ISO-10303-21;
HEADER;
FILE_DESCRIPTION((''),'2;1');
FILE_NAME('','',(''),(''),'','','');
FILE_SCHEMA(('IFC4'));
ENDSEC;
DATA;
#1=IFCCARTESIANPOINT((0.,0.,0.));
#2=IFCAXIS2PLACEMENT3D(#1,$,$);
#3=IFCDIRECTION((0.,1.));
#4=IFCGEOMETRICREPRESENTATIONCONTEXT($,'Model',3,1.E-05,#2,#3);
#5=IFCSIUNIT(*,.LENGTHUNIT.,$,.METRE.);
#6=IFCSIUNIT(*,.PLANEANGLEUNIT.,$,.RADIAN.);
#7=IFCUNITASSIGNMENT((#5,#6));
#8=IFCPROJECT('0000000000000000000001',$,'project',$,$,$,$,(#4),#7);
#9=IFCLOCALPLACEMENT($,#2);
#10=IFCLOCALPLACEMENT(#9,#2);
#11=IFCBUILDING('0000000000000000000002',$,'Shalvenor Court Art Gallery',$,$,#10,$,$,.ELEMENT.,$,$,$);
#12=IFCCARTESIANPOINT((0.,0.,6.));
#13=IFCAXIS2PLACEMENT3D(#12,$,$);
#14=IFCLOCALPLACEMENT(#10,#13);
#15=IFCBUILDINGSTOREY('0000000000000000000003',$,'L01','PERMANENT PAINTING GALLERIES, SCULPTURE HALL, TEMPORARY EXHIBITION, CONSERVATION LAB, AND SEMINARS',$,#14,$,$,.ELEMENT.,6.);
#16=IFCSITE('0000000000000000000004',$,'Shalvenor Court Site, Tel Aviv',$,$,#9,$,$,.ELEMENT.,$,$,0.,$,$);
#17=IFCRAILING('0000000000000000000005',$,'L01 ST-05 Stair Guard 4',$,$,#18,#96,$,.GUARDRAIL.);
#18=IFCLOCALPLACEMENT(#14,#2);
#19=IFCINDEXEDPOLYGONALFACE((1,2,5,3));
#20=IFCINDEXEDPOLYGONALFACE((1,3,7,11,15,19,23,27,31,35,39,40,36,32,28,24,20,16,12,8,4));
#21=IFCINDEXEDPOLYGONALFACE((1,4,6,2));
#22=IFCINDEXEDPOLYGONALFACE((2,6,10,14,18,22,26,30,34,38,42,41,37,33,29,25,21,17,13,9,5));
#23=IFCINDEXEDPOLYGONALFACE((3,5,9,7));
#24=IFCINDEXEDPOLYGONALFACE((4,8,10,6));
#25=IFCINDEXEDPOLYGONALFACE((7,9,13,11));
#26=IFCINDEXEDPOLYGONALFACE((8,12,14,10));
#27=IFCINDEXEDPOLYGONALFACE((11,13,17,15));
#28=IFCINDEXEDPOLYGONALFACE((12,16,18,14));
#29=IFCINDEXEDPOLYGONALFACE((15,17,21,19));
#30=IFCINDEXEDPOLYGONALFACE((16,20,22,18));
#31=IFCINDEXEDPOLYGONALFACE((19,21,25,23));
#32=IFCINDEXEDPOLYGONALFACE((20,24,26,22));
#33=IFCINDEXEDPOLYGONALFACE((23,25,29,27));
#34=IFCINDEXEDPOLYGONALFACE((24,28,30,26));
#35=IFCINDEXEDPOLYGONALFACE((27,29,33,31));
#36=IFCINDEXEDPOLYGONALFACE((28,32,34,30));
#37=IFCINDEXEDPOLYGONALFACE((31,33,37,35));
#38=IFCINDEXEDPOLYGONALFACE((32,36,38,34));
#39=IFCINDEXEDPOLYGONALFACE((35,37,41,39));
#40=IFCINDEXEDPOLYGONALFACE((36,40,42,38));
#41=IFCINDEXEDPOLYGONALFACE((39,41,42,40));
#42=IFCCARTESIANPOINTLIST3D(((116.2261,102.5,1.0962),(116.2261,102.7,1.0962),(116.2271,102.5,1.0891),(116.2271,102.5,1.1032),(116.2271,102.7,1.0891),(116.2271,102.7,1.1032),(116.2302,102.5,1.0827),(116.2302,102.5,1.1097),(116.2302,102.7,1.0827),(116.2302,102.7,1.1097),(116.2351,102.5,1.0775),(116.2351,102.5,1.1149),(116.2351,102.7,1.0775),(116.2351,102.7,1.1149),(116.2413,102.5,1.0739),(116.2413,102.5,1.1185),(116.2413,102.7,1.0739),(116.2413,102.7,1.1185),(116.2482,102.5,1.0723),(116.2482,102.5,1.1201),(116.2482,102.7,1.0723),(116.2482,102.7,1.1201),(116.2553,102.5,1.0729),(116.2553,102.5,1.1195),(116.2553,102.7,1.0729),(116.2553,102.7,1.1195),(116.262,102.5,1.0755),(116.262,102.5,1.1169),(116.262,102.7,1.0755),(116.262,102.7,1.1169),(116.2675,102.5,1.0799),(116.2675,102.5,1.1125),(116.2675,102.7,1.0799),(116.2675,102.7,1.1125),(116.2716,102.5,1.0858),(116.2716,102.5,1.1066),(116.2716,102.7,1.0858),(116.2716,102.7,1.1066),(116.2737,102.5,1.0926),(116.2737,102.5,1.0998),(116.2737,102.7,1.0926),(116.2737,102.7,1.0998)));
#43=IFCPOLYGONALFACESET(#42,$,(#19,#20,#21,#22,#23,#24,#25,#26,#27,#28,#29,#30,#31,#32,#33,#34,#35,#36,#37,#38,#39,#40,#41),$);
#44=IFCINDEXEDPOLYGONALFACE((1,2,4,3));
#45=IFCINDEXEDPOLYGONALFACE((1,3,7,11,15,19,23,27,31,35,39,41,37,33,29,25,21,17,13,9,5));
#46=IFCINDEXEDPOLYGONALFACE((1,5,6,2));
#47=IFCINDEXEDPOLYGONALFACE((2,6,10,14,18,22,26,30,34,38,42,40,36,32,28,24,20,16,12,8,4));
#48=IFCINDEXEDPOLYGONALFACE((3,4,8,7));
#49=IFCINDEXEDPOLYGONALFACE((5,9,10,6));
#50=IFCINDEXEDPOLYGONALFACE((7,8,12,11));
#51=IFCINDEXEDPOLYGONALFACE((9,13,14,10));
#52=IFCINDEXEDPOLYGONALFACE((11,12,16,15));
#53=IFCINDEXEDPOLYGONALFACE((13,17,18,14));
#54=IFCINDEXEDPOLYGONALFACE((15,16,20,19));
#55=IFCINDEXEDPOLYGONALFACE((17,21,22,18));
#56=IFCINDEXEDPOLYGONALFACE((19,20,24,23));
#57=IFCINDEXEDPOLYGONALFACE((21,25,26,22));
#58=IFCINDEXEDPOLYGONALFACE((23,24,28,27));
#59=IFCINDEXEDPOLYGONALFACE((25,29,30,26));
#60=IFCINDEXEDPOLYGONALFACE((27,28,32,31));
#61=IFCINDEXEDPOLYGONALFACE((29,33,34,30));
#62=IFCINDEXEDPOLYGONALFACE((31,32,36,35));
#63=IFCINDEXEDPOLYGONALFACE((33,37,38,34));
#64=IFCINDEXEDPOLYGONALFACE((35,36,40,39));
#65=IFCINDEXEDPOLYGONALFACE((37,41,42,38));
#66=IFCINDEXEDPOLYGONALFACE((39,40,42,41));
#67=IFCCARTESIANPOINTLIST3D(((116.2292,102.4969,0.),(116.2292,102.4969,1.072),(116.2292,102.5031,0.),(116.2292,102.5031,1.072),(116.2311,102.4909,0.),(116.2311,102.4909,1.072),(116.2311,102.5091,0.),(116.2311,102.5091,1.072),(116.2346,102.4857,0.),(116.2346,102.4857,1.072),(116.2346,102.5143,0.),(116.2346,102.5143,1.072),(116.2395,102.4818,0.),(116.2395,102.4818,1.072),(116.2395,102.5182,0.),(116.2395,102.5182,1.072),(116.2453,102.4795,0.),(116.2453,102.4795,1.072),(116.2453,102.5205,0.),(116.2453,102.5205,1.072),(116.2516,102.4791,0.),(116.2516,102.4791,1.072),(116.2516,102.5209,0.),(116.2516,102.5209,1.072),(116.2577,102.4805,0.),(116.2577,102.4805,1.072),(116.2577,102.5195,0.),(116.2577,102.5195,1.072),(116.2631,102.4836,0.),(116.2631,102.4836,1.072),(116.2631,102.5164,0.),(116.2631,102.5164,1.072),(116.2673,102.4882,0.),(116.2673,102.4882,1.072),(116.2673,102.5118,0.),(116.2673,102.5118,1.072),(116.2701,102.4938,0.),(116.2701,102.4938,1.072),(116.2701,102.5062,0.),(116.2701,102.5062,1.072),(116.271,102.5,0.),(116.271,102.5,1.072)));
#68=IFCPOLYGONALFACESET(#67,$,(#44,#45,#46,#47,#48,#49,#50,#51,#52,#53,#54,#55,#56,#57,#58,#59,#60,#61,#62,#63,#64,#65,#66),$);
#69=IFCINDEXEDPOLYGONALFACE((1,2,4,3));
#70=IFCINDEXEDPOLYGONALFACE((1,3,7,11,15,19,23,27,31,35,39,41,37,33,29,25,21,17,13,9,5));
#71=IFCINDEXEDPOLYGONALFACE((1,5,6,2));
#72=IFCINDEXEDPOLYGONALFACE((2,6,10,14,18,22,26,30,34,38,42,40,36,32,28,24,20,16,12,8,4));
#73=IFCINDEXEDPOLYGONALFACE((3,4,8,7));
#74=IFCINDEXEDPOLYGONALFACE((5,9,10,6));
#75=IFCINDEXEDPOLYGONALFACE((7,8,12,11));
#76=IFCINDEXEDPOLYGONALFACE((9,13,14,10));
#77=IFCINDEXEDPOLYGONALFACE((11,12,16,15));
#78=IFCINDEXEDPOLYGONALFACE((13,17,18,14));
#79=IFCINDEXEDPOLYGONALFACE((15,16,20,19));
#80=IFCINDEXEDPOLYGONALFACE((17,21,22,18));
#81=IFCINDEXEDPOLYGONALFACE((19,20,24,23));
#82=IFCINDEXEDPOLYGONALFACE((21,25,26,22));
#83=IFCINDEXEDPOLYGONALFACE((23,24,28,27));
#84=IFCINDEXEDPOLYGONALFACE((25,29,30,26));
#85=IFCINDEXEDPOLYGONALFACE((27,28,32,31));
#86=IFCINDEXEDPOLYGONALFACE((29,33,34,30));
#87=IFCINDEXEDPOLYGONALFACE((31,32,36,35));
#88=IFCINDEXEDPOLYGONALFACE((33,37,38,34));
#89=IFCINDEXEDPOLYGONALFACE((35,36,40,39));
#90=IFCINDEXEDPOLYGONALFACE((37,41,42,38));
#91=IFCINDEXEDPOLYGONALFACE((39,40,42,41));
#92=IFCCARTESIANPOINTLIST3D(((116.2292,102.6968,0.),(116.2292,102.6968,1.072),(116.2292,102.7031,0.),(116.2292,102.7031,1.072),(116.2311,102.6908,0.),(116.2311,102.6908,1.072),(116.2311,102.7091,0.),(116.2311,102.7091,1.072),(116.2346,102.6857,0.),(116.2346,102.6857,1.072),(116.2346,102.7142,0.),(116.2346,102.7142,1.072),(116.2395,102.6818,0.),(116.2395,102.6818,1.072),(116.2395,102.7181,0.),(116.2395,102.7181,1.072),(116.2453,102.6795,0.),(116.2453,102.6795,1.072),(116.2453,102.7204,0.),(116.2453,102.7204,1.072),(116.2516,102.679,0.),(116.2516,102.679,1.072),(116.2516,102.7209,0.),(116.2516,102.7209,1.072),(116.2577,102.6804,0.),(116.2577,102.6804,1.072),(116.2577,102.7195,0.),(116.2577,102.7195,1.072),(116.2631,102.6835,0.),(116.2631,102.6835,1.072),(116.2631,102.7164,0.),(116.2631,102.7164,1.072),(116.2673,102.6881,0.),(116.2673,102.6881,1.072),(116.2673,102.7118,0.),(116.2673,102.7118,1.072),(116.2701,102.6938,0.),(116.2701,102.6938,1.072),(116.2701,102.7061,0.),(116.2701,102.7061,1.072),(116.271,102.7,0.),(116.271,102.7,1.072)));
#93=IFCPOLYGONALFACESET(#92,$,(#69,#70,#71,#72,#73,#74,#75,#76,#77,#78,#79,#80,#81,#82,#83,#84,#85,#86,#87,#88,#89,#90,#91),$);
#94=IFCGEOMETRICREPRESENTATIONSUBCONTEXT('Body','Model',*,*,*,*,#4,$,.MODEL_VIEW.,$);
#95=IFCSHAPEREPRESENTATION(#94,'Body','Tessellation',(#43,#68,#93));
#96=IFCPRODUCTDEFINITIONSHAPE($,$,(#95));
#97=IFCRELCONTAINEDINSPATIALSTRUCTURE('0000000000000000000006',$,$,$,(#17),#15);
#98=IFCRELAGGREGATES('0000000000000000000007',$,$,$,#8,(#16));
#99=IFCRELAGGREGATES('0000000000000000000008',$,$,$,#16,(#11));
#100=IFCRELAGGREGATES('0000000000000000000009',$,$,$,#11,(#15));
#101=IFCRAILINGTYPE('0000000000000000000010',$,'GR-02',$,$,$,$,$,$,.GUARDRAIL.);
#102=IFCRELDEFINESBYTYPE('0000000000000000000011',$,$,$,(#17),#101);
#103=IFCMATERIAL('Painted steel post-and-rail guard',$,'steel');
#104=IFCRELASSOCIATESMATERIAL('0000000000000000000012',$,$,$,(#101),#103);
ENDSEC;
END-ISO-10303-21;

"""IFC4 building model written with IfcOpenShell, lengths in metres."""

from ifc_helpers import new_model, si_unit, direction, frame, origin, origin_2d, place, context, subcontext, project, spatial, circle, extrude, material, type_object, element, save


model = new_model("IFC4")

# Units and contexts
model_context = context("Model", 3, precision=1e-05, world=origin(), true_north=direction((0.0, 1.0)))
body_context = subcontext(model_context, "Body", "Model", "MODEL_VIEW")
ifc_project = project(units=[si_unit("LENGTHUNIT", "METRE"), si_unit("PLANEANGLEUNIT", "RADIAN")], contexts=[model_context])

# Site, building, storey
site_placement = place(None, origin())
site = spatial("IfcSite", under=ifc_project, at=site_placement, Name="Shalvenor Court Site, Tel Aviv", CompositionType="ELEMENT", RefElevation=0.0)
building_placement = place(site_placement, origin())
building = spatial("IfcBuilding", under=site, at=building_placement, Name="Shalvenor Court Art Gallery", CompositionType="ELEMENT")
storey_placement = place(building_placement, frame((0.0, 0.0, 6.0)))
storey = spatial("IfcBuildingStorey", under=building, at=storey_placement, Name="L01", Description="PERMANENT PAINTING GALLERIES, SCULPTURE HALL, TEMPORARY EXHIBITION, CONSERVATION LAB, AND SEMINARS", CompositionType="ELEMENT", Elevation=6.0)

# Railing
ifc_material_1 = material(Name="Painted steel post-and-rail guard", Category="steel")
railing_type_1 = type_object("IfcRailingType", Name="GR-02", PredefinedType="GUARDRAIL", material=ifc_material_1)
railing_1_placement = place(storey_placement, frame((116.25, 102.5, 0.0)))
element("IfcRailing", 1, at=railing_1_placement, inside=storey, type_object=railing_type_1, Name="L01 ST-05 Stair Guard 4", PredefinedType="GUARDRAIL", context=body_context, shape_type="SweptSolid", body=[
    extrude(circle(Radius=0.0239, at=origin_2d()), frame((0.0, 0.0, 1.0962), z_axis=(0.0, 1.0, 0.0), x_axis=(-1.0, 0.0, 0.0)), (0.0, 0.0, 1.0), 0.2),
    extrude(circle(Radius=0.021, at=origin_2d()), origin(), (0.0, 0.0, 1.0), 1.072),
    extrude(circle(Radius=0.021, at=origin_2d()), frame((0.0, 0.2, 0.0)), (0.0, 0.0, 1.0), 1.072),
])

save(model, "model.ifc")
